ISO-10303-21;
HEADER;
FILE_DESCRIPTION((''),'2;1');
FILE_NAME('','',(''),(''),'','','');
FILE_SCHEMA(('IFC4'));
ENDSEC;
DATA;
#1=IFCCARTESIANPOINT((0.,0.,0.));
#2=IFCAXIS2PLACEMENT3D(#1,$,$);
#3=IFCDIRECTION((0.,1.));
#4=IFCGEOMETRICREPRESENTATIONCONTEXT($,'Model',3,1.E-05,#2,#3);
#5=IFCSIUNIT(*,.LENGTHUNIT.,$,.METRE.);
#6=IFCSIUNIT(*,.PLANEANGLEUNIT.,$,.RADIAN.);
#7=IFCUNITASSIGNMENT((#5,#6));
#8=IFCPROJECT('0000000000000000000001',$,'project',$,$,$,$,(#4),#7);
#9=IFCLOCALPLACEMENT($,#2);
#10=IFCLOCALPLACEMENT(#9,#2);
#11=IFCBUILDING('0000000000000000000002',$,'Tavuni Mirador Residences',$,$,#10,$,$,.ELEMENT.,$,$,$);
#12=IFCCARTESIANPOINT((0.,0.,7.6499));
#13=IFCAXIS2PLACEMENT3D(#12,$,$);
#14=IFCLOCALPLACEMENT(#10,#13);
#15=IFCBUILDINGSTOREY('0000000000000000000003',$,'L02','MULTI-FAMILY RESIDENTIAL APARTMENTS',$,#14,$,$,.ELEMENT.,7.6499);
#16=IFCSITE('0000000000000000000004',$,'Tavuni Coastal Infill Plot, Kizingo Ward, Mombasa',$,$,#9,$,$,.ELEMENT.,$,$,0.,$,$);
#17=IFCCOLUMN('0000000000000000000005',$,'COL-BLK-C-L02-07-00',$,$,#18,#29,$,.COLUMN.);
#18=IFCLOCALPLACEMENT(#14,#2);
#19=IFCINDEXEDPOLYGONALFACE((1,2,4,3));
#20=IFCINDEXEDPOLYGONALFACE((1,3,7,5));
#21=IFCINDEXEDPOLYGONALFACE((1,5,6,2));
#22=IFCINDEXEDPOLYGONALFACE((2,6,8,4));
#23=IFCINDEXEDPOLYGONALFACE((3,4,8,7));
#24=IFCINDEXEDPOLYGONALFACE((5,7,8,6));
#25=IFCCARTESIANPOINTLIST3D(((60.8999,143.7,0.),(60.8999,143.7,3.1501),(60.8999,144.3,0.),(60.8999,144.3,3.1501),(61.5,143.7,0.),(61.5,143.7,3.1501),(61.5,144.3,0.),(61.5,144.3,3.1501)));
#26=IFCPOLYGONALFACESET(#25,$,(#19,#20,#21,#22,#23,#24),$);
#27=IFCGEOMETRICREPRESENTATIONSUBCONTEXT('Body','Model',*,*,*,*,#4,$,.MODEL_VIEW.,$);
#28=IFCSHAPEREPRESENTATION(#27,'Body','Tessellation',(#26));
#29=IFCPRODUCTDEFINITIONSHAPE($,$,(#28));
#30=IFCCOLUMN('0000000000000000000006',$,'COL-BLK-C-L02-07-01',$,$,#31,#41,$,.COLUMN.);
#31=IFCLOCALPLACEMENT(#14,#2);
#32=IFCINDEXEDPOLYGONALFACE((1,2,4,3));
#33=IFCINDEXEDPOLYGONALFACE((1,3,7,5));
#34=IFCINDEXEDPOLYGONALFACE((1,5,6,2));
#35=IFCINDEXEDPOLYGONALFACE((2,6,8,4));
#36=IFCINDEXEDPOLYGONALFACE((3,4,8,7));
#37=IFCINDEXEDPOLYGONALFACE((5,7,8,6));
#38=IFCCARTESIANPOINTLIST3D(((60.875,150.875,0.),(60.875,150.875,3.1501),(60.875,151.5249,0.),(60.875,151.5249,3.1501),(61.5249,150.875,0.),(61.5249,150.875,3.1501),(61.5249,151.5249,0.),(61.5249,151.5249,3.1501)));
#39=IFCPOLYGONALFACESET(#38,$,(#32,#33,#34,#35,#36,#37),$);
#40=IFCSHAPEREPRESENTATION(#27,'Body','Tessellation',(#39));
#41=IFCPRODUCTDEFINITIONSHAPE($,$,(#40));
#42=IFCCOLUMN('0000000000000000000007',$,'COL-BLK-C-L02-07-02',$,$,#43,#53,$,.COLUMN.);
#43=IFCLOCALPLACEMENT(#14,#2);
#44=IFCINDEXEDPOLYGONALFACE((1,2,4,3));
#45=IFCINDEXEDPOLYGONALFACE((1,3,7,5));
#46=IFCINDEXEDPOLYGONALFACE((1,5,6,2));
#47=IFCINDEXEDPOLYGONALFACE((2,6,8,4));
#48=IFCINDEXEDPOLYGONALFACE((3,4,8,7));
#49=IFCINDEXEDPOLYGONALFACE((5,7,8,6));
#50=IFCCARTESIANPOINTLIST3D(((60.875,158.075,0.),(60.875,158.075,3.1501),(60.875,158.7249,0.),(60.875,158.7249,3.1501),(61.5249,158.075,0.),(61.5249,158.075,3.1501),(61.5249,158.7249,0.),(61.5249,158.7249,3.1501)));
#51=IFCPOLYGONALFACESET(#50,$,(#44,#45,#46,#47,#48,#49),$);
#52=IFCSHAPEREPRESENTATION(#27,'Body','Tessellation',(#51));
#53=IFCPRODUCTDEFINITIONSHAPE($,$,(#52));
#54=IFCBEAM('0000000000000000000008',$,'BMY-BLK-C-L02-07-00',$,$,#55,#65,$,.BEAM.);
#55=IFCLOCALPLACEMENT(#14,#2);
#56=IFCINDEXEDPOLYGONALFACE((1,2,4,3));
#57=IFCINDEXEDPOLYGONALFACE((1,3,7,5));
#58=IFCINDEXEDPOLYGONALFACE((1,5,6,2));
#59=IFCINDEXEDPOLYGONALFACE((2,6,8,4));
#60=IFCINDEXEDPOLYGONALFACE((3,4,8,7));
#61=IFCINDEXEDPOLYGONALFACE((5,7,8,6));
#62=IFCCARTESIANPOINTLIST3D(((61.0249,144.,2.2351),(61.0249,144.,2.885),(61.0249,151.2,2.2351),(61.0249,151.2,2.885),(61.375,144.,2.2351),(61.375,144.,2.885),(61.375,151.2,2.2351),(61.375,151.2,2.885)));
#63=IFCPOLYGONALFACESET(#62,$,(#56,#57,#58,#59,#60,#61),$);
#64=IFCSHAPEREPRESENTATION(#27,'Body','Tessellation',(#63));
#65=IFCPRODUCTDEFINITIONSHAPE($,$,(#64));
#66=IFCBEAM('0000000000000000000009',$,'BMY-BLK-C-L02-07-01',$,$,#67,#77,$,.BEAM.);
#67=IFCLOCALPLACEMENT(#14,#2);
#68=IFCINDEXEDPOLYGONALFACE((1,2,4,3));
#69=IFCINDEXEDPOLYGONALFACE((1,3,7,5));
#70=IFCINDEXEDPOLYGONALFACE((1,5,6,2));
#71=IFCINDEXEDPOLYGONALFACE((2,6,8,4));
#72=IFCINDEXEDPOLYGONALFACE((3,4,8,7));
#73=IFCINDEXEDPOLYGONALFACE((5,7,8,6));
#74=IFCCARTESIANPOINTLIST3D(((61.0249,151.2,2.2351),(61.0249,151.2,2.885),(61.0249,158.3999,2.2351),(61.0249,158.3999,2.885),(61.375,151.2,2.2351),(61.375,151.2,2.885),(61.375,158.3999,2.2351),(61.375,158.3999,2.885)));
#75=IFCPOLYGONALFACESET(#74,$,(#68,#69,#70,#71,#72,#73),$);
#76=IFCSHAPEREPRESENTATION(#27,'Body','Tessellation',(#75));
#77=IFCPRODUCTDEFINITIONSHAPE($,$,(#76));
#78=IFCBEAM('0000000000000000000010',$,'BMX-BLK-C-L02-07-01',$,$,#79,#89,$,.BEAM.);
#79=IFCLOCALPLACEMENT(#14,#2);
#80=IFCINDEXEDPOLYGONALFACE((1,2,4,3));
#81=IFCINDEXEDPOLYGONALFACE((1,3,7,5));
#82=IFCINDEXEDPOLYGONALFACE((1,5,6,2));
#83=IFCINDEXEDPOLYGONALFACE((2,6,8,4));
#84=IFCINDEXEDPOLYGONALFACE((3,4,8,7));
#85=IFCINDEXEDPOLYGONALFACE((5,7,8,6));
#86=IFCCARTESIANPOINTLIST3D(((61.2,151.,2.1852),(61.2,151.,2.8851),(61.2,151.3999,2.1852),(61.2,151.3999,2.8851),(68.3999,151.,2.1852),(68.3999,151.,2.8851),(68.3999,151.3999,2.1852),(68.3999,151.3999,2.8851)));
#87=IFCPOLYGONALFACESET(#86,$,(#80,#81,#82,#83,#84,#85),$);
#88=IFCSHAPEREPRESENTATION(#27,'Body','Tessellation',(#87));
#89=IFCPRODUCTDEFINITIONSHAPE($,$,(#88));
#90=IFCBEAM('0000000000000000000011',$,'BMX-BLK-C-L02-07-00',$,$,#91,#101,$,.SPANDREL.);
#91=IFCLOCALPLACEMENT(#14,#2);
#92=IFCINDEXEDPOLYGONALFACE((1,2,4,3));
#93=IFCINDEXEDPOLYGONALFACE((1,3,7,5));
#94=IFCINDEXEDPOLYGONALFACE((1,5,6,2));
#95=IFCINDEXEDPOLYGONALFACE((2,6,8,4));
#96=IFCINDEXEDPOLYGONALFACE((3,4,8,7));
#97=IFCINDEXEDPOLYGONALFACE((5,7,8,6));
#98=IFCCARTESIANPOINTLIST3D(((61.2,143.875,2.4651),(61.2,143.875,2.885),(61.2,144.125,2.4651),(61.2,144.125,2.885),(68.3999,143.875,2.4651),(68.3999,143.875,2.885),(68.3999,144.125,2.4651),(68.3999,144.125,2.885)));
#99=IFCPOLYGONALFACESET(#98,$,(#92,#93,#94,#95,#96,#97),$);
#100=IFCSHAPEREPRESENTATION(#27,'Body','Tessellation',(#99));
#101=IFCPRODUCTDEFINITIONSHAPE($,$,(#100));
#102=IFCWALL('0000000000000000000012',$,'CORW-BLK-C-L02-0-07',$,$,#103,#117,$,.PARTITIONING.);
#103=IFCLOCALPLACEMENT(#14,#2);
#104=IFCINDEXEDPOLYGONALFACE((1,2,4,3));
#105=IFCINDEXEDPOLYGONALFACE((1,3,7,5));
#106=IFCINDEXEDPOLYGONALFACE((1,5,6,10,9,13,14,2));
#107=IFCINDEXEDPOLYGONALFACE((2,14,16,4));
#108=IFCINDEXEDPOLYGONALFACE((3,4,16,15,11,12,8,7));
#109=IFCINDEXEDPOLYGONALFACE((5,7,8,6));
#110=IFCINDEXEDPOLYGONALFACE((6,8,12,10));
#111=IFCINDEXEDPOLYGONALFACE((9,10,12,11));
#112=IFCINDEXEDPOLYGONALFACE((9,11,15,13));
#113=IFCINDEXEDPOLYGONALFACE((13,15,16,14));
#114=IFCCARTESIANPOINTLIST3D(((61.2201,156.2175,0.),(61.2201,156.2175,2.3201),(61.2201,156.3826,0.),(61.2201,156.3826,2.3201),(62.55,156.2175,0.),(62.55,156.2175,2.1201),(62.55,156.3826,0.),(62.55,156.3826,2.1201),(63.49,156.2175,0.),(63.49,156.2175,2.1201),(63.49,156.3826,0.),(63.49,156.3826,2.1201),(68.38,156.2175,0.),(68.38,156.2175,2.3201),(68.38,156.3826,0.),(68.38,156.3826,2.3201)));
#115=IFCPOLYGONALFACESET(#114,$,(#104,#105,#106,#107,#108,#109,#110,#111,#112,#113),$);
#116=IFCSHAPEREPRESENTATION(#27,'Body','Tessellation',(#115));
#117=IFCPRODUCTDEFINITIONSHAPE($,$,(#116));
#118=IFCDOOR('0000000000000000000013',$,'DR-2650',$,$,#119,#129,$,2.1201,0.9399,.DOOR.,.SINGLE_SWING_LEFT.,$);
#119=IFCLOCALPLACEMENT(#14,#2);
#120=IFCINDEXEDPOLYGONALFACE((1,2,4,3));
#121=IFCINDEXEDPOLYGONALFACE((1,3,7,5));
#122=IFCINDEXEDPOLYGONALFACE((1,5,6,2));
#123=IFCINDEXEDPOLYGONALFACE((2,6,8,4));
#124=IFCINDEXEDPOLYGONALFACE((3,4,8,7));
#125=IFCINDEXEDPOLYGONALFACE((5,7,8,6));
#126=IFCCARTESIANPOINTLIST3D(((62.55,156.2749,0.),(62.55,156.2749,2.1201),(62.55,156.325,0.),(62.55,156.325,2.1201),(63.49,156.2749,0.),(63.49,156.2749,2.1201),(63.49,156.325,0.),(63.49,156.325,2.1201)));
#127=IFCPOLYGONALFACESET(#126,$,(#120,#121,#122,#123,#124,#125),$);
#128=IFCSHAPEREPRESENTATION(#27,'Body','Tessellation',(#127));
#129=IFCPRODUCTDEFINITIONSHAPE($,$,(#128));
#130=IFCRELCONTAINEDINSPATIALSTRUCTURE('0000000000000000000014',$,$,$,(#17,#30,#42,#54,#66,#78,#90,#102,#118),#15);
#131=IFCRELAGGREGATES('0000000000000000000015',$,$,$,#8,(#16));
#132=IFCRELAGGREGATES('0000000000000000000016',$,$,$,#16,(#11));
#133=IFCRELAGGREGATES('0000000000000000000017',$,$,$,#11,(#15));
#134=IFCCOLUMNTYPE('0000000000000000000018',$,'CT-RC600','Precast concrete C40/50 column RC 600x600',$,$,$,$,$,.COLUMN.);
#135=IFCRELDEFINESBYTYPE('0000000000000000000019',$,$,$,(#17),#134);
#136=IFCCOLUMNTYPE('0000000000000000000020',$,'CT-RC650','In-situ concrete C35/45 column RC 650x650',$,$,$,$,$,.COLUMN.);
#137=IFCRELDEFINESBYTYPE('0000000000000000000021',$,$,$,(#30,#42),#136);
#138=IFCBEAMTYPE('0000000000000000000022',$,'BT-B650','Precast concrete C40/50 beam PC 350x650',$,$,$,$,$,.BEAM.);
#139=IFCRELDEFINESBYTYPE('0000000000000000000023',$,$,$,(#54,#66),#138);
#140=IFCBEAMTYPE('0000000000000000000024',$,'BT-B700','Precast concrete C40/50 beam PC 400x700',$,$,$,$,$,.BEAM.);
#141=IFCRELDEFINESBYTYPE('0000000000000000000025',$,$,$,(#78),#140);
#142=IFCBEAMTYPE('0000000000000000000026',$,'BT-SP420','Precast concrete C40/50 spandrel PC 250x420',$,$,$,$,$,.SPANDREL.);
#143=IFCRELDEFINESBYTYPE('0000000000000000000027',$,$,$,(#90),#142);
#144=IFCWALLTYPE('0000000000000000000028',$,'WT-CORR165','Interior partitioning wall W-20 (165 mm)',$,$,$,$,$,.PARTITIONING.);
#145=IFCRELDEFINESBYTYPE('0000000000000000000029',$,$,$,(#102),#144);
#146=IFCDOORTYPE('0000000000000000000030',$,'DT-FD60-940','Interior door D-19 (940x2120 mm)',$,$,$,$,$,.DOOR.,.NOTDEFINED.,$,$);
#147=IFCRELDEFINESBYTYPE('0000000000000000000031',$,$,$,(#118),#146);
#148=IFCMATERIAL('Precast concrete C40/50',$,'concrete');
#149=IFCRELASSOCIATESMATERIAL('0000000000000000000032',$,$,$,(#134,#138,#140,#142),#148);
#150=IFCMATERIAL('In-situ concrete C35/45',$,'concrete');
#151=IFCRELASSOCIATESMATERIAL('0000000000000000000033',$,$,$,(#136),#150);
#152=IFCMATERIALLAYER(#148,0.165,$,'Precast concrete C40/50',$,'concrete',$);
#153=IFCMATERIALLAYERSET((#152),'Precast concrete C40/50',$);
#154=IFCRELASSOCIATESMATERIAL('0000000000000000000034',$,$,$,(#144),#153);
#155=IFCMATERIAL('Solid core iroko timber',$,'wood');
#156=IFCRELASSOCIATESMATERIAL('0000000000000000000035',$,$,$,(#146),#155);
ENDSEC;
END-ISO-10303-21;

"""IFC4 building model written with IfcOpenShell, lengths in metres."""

from ifc_helpers import new_model, si_unit, direction, frame, frame_2d, origin, origin_2d, place, context, subcontext, project, spatial, rectangle, extrude, material, layer, layer_set, material_profile, profile_set, type_object, element, fill, save


model = new_model("IFC4")

# Units and contexts
model_context = context("Model", 3, precision=1e-05, world=origin(), true_north=direction((0.0, 1.0)))
body_context = subcontext(model_context, "Body", "Model", "MODEL_VIEW")
ifc_project = project(units=[si_unit("LENGTHUNIT", "METRE"), si_unit("PLANEANGLEUNIT", "RADIAN")], contexts=[model_context])

# Site, building, storey
site_placement = place(None, origin())
site = spatial("IfcSite", under=ifc_project, at=site_placement, Name="Tavuni Coastal Infill Plot, Kizingo Ward, Mombasa", CompositionType="ELEMENT", RefElevation=0.0)
building_placement = place(site_placement, origin())
building = spatial("IfcBuilding", under=site, at=building_placement, Name="Tavuni Mirador Residences", CompositionType="ELEMENT")
storey_placement = place(building_placement, frame((0.0, 0.0, 7.6499)))
storey = spatial("IfcBuildingStorey", under=building, at=storey_placement, Name="L02", Description="MULTI-FAMILY RESIDENTIAL APARTMENTS", CompositionType="ELEMENT", Elevation=7.6499)

# Columns
ifc_material_1 = material(Name="Precast concrete C40/50", Category="concrete")
ifc_material_profile_1 = material_profile(ifc_material_1, rectangle(XDim=0.6001, YDim=0.6001, at=origin_2d()), Name="RC 600x600", Category="concrete")
ifc_profile_set_1 = profile_set([ifc_material_profile_1], Name="Precast concrete C40/50")
column_type_1 = type_object("IfcColumnType", Name="CT-RC600", Description="Precast concrete C40/50 column RC 600x600", PredefinedType="COLUMN", material=ifc_profile_set_1)
column_placement = place(storey_placement, frame((61.2, 144.0, 0.0), z_axis=(0.0, 0.0, 1.0), x_axis=(1.0, 0.0, 0.0)))
element("IfcColumn", 1, at=column_placement, inside=storey, type_object=column_type_1, Name="COL-BLK-C-L02-07-00", PredefinedType="COLUMN", context=body_context, shape_type="SweptSolid", body=[
    extrude(rectangle(XDim=0.6001, YDim=0.6001, at=origin_2d()), origin(), (0.0, 0.0, 1.0), 3.1501),
])
ifc_material_2 = material(Name="In-situ concrete C35/45", Category="concrete")
ifc_material_profile_2 = material_profile(ifc_material_2, rectangle(XDim=0.6499, YDim=0.6499, at=origin_2d()), Name="RC 650x650", Category="concrete")
ifc_profile_set_2 = profile_set([ifc_material_profile_2], Name="In-situ concrete C35/45")
column_type_2 = type_object("IfcColumnType", Name="CT-RC650", Description="In-situ concrete C35/45 column RC 650x650", PredefinedType="COLUMN", material=ifc_profile_set_2)
for number, where, z_axis, x_axis, name in (
    (2, (61.2, 151.2, 0.0), (0.0, 0.0, 1.0), (1.0, 0.0, 0.0), "COL-BLK-C-L02-07-01"),
    (3, (61.2, 158.3999, 0.0), (0.0, 0.0, 1.0), (1.0, 0.0, 0.0), "COL-BLK-C-L02-07-02"),
):
    element("IfcColumn", number, at=place(storey_placement, frame(where, z_axis=z_axis, x_axis=x_axis)), inside=storey, type_object=column_type_2, Name=name, PredefinedType="COLUMN", context=body_context, shape_type="SweptSolid", body=[
        extrude(rectangle(XDim=0.6499, YDim=0.6499, at=origin_2d()), origin(), (0.0, 0.0, 1.0), 3.1501),
    ])

# Beams
ifc_material_profile_3 = material_profile(ifc_material_1, rectangle(XDim=0.3501, YDim=0.6499, at=origin_2d()), Name="PC 350x650", Category="concrete")
ifc_profile_set_3 = profile_set([ifc_material_profile_3], Name="Precast concrete C40/50")
beam_type_1 = type_object("IfcBeamType", Name="BT-B650", Description="Precast concrete C40/50 beam PC 350x650", PredefinedType="BEAM", material=ifc_profile_set_3)
for number, where, z_axis, x_axis, name in (
    (4, (61.2, 144.0, 2.5601), (0.0, 1.0, 0.0), (-1.0, 0.0, 0.0), "BMY-BLK-C-L02-07-00"),
    (5, (61.2, 151.2, 2.5601), (0.0, 1.0, 0.0), (-1.0, 0.0, 0.0), "BMY-BLK-C-L02-07-01"),
):
    element("IfcBeam", number, at=place(storey_placement, frame(where, z_axis=z_axis, x_axis=x_axis)), inside=storey, type_object=beam_type_1, Name=name, PredefinedType="BEAM", context=body_context, shape_type="SweptSolid", body=[
        extrude(rectangle(XDim=0.3501, YDim=0.6499, at=origin_2d()), origin(), (0.0, 0.0, 1.0), 7.2),
    ])
ifc_material_profile_4 = material_profile(ifc_material_1, rectangle(XDim=0.3999, YDim=0.7, at=origin_2d()), Name="PC 400x700", Category="concrete")
ifc_profile_set_4 = profile_set([ifc_material_profile_4], Name="Precast concrete C40/50")
beam_type_2 = type_object("IfcBeamType", Name="BT-B700", Description="Precast concrete C40/50 beam PC 400x700", PredefinedType="BEAM", material=ifc_profile_set_4)
beam_1_placement = place(storey_placement, frame((61.2, 151.2, 2.5352), z_axis=(1.0, 0.0, 0.0), x_axis=(0.0, 1.0, 0.0)))
element("IfcBeam", 6, at=beam_1_placement, inside=storey, type_object=beam_type_2, Name="BMX-BLK-C-L02-07-01", PredefinedType="BEAM", context=body_context, shape_type="SweptSolid", body=[
    extrude(rectangle(XDim=0.3999, YDim=0.7, at=origin_2d()), origin(), (0.0, 0.0, 1.0), 7.2),
])
ifc_material_profile_5 = material_profile(ifc_material_1, rectangle(XDim=0.25, YDim=0.4199, at=origin_2d()), Name="PC 250x420", Category="concrete")
ifc_profile_set_5 = profile_set([ifc_material_profile_5], Name="Precast concrete C40/50")
beam_type_3 = type_object("IfcBeamType", Name="BT-SP420", Description="Precast concrete C40/50 spandrel PC 250x420", PredefinedType="SPANDREL", material=ifc_profile_set_5)
beam_2_placement = place(storey_placement, frame((61.2, 144.0, 2.675), z_axis=(1.0, 0.0, 0.0), x_axis=(0.0, 1.0, 0.0)))
element("IfcBeam", 7, at=beam_2_placement, inside=storey, type_object=beam_type_3, Name="BMX-BLK-C-L02-07-00", PredefinedType="SPANDREL", context=body_context, shape_type="SweptSolid", body=[
    extrude(rectangle(XDim=0.25, YDim=0.4199, at=origin_2d()), origin(), (0.0, 0.0, 1.0), 7.2),
])

# Wall, opening, door
ifc_layer_1 = layer(ifc_material_1, 0.165, Name="Precast concrete C40/50", Category="concrete")
ifc_layer_set_1 = layer_set([ifc_layer_1], Name="Precast concrete C40/50")
wall_type_1 = type_object("IfcWallType", Name="WT-CORR165", Description="Interior partitioning wall W-20 (165 mm)", PredefinedType="PARTITIONING", material=ifc_layer_set_1)
wall_1_placement = place(storey_placement, frame((61.22, 156.3, 0.0), z_axis=(0.0, 0.0, 1.0), x_axis=(1.0, 0.0, 0.0)))
wall_1 = element("IfcWall", 8, at=wall_1_placement, inside=storey, type_object=wall_type_1, Name="CORW-BLK-C-L02-0-07", PredefinedType="PARTITIONING", context=body_context, shape_type="SweptSolid", body=[
    extrude(rectangle(XDim=7.1599, YDim=0.165, at=frame_2d((3.5801, 0.0))), origin(), (0.0, 0.0, 1.0), 2.3201),
])
opening_1_placement = place(wall_1_placement, frame((1.3301, 0.0, 0.0)))
opening_1 = element("IfcOpeningElement", 9, at=opening_1_placement, cuts=wall_1, PredefinedType="OPENING", context=body_context, shape_type="SweptSolid", body=[
    extrude(rectangle(XDim=0.9399, YDim=2.1201, at=frame_2d((0.47, 1.0601))), frame((0.0, 0.0925, 0.0), z_axis=(0.0, -1.0, 0.0), x_axis=(1.0, 0.0, 0.0)), (0.0, 0.0, 1.0), 0.1851),
])
ifc_material_3 = material(Name="Solid core iroko timber", Category="wood")
door_type_1 = type_object("IfcDoorType", Name="DT-FD60-940", Description="Interior door D-19 (940x2120 mm)", OperationType="NOTDEFINED", PredefinedType="DOOR", material=ifc_material_3)
door_1_placement = place(opening_1_placement, origin())
door_1 = element("IfcDoor", 10, at=door_1_placement, inside=storey, type_object=door_type_1, Name="DR-2650", OperationType="SINGLE_SWING_LEFT", OverallHeight=2.1201, OverallWidth=0.9399, PredefinedType="DOOR", context=body_context, shape_type="SweptSolid", body=[
    extrude(rectangle(XDim=0.9399, YDim=2.1201, at=frame_2d((0.47, 1.0601))), frame((0.0, 0.0249, 0.0), z_axis=(0.0, -1.0, 0.0), x_axis=(1.0, 0.0, 0.0)), (0.0, 0.0, 1.0), 0.05),
])
fill(opening_1, door_1)

save(model, "model.ifc")
